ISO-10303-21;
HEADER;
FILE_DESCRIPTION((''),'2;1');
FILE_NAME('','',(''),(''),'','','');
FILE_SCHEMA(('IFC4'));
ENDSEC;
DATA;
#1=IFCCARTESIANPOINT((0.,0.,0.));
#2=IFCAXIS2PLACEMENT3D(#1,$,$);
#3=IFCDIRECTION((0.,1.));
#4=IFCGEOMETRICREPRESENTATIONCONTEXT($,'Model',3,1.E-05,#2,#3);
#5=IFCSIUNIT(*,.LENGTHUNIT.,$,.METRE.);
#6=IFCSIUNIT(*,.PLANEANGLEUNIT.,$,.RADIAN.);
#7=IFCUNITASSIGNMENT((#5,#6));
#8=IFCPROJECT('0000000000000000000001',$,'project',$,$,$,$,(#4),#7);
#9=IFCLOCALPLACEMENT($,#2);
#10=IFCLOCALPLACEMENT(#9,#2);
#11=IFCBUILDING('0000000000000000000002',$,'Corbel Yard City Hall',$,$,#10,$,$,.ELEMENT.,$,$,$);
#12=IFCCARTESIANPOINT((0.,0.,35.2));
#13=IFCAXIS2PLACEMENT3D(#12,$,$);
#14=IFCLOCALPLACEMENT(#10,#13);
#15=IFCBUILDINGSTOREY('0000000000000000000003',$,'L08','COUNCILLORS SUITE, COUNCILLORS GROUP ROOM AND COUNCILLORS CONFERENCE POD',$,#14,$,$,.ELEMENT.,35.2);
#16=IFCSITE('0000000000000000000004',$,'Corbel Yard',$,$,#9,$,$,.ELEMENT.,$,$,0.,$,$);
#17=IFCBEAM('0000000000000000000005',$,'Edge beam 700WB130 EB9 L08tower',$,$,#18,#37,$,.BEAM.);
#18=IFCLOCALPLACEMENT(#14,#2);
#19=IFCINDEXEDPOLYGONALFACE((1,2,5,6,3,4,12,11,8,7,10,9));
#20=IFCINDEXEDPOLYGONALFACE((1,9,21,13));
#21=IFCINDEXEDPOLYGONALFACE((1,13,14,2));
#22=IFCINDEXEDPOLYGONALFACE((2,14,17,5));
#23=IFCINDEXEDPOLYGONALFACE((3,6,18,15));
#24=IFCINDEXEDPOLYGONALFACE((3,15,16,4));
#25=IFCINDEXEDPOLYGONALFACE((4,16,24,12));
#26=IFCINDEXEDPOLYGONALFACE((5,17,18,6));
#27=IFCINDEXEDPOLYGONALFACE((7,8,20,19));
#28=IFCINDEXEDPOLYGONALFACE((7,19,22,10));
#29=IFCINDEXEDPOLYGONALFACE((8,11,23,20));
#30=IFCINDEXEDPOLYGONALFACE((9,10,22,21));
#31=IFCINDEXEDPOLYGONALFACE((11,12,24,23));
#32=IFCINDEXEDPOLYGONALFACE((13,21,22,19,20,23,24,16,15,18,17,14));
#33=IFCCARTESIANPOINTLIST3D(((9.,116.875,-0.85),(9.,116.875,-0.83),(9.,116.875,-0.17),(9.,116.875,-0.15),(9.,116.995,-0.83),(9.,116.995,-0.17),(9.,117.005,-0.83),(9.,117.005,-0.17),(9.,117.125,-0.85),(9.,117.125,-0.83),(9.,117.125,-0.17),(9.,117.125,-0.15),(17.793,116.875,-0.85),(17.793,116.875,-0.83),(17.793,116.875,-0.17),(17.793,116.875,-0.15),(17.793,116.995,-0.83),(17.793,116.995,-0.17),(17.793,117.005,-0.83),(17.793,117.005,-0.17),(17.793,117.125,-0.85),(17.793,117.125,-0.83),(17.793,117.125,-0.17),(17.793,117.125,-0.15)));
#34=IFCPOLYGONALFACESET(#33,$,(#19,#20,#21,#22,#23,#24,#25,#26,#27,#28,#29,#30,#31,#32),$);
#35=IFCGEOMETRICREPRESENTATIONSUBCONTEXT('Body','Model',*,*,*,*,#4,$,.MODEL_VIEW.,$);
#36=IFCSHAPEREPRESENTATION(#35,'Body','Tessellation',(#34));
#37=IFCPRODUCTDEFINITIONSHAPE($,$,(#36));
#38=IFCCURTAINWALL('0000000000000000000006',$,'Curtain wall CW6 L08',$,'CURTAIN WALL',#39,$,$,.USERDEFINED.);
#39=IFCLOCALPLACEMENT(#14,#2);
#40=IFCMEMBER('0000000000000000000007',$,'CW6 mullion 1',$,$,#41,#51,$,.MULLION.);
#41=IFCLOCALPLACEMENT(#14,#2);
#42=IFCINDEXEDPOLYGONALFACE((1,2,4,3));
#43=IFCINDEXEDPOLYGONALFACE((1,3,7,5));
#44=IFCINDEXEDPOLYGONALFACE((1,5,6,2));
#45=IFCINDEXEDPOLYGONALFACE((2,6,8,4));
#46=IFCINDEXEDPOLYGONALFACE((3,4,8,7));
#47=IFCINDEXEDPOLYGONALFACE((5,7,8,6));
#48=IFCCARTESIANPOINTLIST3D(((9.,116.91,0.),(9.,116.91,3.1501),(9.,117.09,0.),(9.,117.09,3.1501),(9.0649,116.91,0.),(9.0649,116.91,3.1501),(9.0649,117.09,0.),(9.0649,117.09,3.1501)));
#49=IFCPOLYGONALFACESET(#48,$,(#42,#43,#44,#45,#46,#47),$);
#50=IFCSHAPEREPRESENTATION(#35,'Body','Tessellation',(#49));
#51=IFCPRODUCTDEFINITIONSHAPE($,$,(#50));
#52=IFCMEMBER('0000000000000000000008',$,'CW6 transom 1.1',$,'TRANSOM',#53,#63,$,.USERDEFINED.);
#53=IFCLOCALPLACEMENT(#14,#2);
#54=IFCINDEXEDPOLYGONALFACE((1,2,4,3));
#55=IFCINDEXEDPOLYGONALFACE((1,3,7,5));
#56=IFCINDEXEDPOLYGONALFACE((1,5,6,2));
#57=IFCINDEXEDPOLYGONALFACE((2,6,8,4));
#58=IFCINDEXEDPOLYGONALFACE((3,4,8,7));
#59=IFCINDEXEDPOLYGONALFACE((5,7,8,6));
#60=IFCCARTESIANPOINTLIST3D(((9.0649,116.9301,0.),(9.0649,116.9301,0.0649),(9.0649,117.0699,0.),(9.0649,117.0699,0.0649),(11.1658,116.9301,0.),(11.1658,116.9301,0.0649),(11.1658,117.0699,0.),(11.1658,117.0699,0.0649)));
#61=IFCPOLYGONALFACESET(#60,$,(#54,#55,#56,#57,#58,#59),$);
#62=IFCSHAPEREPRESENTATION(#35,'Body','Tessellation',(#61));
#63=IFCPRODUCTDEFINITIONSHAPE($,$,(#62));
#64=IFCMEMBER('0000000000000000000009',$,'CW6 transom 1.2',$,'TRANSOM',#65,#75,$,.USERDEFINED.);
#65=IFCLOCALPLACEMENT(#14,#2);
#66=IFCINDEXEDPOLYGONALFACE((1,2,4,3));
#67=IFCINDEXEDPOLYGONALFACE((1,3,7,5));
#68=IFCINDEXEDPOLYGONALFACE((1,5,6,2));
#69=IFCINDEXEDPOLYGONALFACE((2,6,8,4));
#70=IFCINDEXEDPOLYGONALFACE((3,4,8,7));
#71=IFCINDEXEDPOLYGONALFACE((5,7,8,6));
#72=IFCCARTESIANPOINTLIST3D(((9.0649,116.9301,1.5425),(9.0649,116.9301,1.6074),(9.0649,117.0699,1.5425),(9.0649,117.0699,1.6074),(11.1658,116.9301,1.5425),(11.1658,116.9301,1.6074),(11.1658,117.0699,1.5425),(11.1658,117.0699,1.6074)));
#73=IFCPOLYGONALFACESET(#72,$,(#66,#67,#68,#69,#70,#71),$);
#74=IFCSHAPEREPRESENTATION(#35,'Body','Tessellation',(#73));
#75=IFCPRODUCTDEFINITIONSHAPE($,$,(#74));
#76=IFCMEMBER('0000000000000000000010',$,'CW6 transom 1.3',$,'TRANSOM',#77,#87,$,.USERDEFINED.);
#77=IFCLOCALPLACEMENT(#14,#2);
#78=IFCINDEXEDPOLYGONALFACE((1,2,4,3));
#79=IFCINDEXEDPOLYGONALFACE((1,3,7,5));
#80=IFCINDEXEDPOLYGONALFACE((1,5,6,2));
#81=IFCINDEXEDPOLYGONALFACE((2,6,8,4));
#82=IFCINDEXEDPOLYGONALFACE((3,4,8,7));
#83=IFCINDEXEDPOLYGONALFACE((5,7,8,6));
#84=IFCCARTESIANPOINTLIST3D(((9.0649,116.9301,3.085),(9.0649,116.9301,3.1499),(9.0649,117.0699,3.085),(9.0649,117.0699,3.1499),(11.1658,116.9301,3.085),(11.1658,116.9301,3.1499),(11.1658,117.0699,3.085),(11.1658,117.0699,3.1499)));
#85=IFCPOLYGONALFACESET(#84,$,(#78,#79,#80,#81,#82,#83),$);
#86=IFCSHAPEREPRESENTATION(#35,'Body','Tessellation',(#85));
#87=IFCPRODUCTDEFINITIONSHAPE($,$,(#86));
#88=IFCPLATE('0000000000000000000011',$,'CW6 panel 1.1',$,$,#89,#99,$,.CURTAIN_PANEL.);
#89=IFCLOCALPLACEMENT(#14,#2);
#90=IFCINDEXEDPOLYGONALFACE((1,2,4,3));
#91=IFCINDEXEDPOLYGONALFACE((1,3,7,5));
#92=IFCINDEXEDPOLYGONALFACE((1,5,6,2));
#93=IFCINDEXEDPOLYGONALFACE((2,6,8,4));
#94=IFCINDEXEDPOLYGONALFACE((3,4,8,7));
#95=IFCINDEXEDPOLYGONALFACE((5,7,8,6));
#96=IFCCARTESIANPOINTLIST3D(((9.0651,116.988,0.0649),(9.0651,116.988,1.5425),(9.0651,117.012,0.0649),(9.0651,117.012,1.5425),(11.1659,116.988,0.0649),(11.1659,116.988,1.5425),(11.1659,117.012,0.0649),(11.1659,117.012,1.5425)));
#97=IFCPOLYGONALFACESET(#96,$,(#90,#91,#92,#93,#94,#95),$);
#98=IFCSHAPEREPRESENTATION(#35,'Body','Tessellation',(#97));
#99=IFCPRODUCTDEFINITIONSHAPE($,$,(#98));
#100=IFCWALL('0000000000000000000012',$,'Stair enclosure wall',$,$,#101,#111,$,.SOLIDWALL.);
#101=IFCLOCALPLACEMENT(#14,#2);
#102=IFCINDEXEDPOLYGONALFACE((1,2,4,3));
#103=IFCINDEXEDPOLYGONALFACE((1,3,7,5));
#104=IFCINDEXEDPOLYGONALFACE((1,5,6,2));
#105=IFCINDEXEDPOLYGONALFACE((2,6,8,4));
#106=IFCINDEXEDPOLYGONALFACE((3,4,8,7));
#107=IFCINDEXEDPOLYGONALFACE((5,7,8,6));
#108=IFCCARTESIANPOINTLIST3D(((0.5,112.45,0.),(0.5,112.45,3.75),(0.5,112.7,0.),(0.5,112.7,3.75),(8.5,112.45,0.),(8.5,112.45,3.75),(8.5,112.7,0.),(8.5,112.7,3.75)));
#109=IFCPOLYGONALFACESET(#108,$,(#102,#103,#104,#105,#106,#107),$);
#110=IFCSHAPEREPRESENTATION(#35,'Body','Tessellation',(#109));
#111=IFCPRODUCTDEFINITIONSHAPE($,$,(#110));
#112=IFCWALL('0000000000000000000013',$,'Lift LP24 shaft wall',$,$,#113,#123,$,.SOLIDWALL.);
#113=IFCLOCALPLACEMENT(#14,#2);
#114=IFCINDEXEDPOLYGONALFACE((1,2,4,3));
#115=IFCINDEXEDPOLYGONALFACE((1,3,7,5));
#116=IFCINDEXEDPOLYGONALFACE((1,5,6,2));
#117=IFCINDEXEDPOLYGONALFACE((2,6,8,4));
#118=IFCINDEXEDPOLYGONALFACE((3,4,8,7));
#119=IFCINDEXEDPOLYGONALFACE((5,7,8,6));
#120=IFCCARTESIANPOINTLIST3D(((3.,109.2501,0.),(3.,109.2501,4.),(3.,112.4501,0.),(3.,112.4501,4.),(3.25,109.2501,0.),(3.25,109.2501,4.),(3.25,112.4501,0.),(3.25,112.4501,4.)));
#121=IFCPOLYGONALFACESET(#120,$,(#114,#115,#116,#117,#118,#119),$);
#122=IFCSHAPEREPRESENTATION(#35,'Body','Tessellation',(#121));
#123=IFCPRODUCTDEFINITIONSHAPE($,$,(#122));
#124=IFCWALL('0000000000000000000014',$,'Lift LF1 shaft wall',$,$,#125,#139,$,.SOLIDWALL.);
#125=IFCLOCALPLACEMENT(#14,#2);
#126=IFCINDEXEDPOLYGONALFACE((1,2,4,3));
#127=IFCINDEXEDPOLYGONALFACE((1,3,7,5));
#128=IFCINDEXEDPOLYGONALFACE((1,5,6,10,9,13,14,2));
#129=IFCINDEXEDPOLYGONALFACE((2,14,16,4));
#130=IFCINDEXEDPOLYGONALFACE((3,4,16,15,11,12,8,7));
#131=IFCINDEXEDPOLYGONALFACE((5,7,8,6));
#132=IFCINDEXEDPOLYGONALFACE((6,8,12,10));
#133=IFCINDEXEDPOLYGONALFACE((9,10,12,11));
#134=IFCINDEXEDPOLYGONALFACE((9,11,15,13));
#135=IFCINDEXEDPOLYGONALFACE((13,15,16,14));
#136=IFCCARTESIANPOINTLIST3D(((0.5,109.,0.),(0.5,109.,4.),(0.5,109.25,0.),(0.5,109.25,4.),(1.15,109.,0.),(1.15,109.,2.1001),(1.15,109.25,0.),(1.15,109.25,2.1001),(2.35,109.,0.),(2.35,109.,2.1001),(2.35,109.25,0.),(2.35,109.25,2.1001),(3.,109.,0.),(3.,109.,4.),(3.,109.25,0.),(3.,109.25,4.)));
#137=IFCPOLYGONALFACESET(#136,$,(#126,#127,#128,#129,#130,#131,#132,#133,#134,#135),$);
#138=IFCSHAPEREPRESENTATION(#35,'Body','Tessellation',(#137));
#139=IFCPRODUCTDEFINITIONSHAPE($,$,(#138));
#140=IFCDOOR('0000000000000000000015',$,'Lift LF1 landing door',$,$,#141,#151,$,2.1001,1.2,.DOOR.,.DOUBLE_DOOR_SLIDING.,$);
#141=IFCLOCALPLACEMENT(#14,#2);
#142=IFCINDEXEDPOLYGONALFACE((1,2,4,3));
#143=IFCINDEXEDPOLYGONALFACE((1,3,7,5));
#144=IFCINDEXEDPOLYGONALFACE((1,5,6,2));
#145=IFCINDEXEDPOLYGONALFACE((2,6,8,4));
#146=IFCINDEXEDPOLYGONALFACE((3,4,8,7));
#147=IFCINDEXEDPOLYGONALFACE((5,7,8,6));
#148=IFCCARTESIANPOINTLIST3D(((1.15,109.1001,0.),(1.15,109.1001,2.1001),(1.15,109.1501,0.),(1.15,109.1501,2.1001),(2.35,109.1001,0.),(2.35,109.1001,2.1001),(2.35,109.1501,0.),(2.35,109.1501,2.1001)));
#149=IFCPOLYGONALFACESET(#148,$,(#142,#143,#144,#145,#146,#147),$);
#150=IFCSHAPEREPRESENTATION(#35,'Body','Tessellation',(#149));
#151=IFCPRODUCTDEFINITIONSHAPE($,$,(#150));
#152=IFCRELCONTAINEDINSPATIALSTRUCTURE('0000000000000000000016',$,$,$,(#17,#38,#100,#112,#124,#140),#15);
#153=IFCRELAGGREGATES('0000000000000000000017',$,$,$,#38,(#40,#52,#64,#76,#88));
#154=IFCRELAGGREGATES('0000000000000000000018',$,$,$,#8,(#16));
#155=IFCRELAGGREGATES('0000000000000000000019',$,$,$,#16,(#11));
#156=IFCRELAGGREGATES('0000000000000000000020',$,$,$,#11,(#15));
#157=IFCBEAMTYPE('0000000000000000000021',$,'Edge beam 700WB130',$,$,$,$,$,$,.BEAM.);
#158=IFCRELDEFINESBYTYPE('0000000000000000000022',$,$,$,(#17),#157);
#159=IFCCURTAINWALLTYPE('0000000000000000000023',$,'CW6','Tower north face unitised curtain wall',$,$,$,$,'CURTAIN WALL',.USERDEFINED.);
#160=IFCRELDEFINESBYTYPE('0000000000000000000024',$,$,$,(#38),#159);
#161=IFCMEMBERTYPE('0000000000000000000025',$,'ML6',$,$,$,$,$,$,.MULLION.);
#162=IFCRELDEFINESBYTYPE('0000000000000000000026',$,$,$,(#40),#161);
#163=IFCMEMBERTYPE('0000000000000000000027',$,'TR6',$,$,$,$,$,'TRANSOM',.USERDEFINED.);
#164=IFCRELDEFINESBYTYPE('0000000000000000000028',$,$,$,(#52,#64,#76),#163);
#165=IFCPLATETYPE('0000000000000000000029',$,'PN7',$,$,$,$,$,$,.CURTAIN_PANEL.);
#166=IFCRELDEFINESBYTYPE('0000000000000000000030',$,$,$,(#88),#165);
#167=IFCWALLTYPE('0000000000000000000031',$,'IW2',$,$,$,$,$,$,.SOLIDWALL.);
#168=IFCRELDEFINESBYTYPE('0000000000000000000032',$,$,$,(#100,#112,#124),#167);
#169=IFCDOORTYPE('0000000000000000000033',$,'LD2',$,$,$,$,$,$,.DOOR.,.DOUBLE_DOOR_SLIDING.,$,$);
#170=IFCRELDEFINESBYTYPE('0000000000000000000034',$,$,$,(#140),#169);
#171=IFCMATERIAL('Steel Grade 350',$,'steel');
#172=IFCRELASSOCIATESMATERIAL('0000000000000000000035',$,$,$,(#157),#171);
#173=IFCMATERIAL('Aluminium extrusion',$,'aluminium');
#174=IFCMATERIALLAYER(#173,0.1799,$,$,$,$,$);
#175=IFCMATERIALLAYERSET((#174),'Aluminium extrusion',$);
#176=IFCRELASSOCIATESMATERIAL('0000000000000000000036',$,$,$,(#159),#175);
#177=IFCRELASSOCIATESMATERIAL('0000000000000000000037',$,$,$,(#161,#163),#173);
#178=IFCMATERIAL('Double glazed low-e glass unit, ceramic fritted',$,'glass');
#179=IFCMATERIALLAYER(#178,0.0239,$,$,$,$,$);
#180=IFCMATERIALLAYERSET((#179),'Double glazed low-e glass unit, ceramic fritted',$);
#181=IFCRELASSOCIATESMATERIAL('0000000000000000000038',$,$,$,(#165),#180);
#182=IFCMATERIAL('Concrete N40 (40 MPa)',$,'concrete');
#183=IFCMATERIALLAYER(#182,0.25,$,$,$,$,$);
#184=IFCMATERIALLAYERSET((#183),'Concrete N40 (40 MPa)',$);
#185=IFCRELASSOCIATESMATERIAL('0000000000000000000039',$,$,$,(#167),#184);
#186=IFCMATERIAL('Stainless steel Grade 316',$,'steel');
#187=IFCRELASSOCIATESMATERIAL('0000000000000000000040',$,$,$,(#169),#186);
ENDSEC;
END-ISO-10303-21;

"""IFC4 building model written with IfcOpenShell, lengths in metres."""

from ifc_helpers import new_model, si_unit, direction, frame, frame_2d, origin, origin_2d, place, context, subcontext, project, spatial, rectangle, i_section, extrude, material, layer, layer_set, material_profile, profile_set, type_object, element, fill, aggregate, save


model = new_model("IFC4")

# Units and contexts
model_context = context("Model", 3, precision=1e-05, world=origin(), true_north=direction((0.0, 1.0)))
body_context = subcontext(model_context, "Body", "Model", "MODEL_VIEW")
ifc_project = project(units=[si_unit("LENGTHUNIT", "METRE"), si_unit("PLANEANGLEUNIT", "RADIAN")], contexts=[model_context])

# Site, building, storey
site_placement = place(None, origin())
site = spatial("IfcSite", under=ifc_project, at=site_placement, Name="Corbel Yard", CompositionType="ELEMENT", RefElevation=0.0)
building_placement = place(site_placement, origin())
building = spatial("IfcBuilding", under=site, at=building_placement, Name="Corbel Yard City Hall", CompositionType="ELEMENT")
storey_placement = place(building_placement, frame((0.0, 0.0, 35.2)))
storey = spatial("IfcBuildingStorey", under=building, at=storey_placement, Name="L08", Description="COUNCILLORS SUITE, COUNCILLORS GROUP ROOM AND COUNCILLORS CONFERENCE POD", CompositionType="ELEMENT", Elevation=35.2)

# Beam
ifc_material_1 = material(Name="Steel Grade 350", Category="steel")
ifc_material_profile_1 = material_profile(ifc_material_1, i_section(OverallWidth=0.25, OverallDepth=0.7, WebThickness=0.01, FlangeThickness=0.02, at=origin_2d()), Name="700WB130")
ifc_profile_set_1 = profile_set([ifc_material_profile_1], Name="Steel Grade 350")
beam_type = type_object("IfcBeamType", Name="Edge beam 700WB130", PredefinedType="BEAM", material=ifc_profile_set_1)
beam_placement = place(storey_placement, frame((9.0, 117.0, -0.5), z_axis=(1.0, 0.0, 0.0), x_axis=(0.0, 1.0, 0.0)))
element("IfcBeam", 1, at=beam_placement, inside=storey, type_object=beam_type, Name="Edge beam 700WB130 EB9 L08tower", PredefinedType="BEAM", context=body_context, shape_type="SweptSolid", body=[
    extrude(i_section(OverallWidth=0.25, OverallDepth=0.7, WebThickness=0.01, FlangeThickness=0.02, at=origin_2d()), origin(), (0.0, 0.0, 1.0), 8.793),
])

# Curtain wall, members, plate
ifc_material_2 = material(Name="Aluminium extrusion", Category="aluminium")
ifc_layer_1 = layer(ifc_material_2, 0.1799)
ifc_layer_set_1 = layer_set([ifc_layer_1], Name="Aluminium extrusion")
curtain_wall_type = type_object("IfcCurtainWallType", Name="CW6", Description="Tower north face unitised curtain wall", ElementType="CURTAIN WALL", PredefinedType="USERDEFINED", material=ifc_layer_set_1)
curtain_wall_placement = place(storey_placement, origin())
curtain_wall = element("IfcCurtainWall", 2, at=curtain_wall_placement, inside=storey, type_object=curtain_wall_type, Name="Curtain wall CW6 L08", ObjectType="CURTAIN WALL", PredefinedType="USERDEFINED")
ifc_material_profile_2 = material_profile(ifc_material_2, rectangle(XDim=0.1799, YDim=0.0649, at=origin_2d()), Name="180x65")
ifc_profile_set_2 = profile_set([ifc_material_profile_2], Name="Aluminium extrusion")
member_type_1 = type_object("IfcMemberType", Name="ML6", PredefinedType="MULLION", material=ifc_profile_set_2)
member_1_placement = place(storey_placement, frame((9.0325, 117.0, 0.0), z_axis=(0.0, 0.0, 1.0), x_axis=(0.0, 1.0, 0.0)))
member_1 = element("IfcMember", 3, at=member_1_placement, type_object=member_type_1, Name="CW6 mullion 1", PredefinedType="MULLION", context=body_context, shape_type="SweptSolid", body=[
    extrude(rectangle(XDim=0.1799, YDim=0.0649, at=origin_2d()), origin(), (0.0, 0.0, 1.0), 3.1501),
])
ifc_material_profile_3 = material_profile(ifc_material_2, rectangle(XDim=0.1399, YDim=0.0649, at=origin_2d()), Name="140x65")
ifc_profile_set_3 = profile_set([ifc_material_profile_3], Name="Aluminium extrusion")
member_type_2 = type_object("IfcMemberType", Name="TR6", ElementType="TRANSOM", PredefinedType="USERDEFINED", material=ifc_profile_set_3)
member_2_placement = place(storey_placement, frame((9.0649, 117.0, 0.0325), z_axis=(1.0, 0.0, 0.0), x_axis=(0.0, 1.0, 0.0)))
member_2 = element("IfcMember", 4, at=member_2_placement, type_object=member_type_2, Name="CW6 transom 1.1", ObjectType="TRANSOM", PredefinedType="USERDEFINED", context=body_context, shape_type="SweptSolid", body=[
    extrude(rectangle(XDim=0.1399, YDim=0.0649, at=origin_2d()), origin(), (0.0, 0.0, 1.0), 2.1008),
])
member_3_placement = place(storey_placement, frame((9.0649, 117.0, 1.575), z_axis=(1.0, 0.0, 0.0), x_axis=(0.0, 1.0, 0.0)))
member_3 = element("IfcMember", 5, at=member_3_placement, type_object=member_type_2, Name="CW6 transom 1.2", ObjectType="TRANSOM", PredefinedType="USERDEFINED", context=body_context, shape_type="SweptSolid", body=[
    extrude(rectangle(XDim=0.1399, YDim=0.0649, at=origin_2d()), origin(), (0.0, 0.0, 1.0), 2.1008),
])
member_4_placement = place(storey_placement, frame((9.0649, 117.0, 3.1174), z_axis=(1.0, 0.0, 0.0), x_axis=(0.0, 1.0, 0.0)))
member_4 = element("IfcMember", 6, at=member_4_placement, type_object=member_type_2, Name="CW6 transom 1.3", ObjectType="TRANSOM", PredefinedType="USERDEFINED", context=body_context, shape_type="SweptSolid", body=[
    extrude(rectangle(XDim=0.1399, YDim=0.0649, at=origin_2d()), origin(), (0.0, 0.0, 1.0), 2.1008),
])
ifc_material_3 = material(Name="Double glazed low-e glass unit, ceramic fritted", Category="glass")
ifc_layer_2 = layer(ifc_material_3, 0.0239)
ifc_layer_set_2 = layer_set([ifc_layer_2], Name="Double glazed low-e glass unit, ceramic fritted")
plate_type = type_object("IfcPlateType", Name="PN7", PredefinedType="CURTAIN_PANEL", material=ifc_layer_set_2)
plate_placement = place(storey_placement, frame((10.1155, 117.0, 0.0649), z_axis=(0.0, 0.0, 1.0), x_axis=(1.0, 0.0, 0.0)))
plate = element("IfcPlate", 7, at=plate_placement, type_object=plate_type, Name="CW6 panel 1.1", PredefinedType="CURTAIN_PANEL", context=body_context, shape_type="SweptSolid", body=[
    extrude(rectangle(XDim=2.1008, YDim=0.0239, at=origin_2d()), origin(), (0.0, 0.0, 1.0), 1.4775),
])
aggregate(curtain_wall, [member_1, member_2, member_3, member_4, plate])

# Walls
ifc_material_4 = material(Name="Concrete N40 (40 MPa)", Category="concrete")
ifc_layer_3 = layer(ifc_material_4, 0.25)
ifc_layer_set_3 = layer_set([ifc_layer_3], Name="Concrete N40 (40 MPa)")
wall_type_1 = type_object("IfcWallType", Name="IW2", PredefinedType="SOLIDWALL", material=ifc_layer_set_3)
wall_1_placement = place(storey_placement, frame((8.5, 112.575, 0.0), z_axis=(0.0, 0.0, 1.0), x_axis=(-1.0, 0.0, 0.0)))
element("IfcWall", 8, at=wall_1_placement, inside=storey, type_object=wall_type_1, Name="Stair enclosure wall", PredefinedType="SOLIDWALL", context=body_context, shape_type="SweptSolid", body=[
    extrude(rectangle(XDim=8.0, YDim=0.25, at=frame_2d((4.0, 0.0))), origin(), (0.0, 0.0, 1.0), 3.75),
])
wall_2_placement = place(storey_placement, frame((3.125, 109.25, 0.0), z_axis=(0.0, 0.0, 1.0), x_axis=(0.0, 1.0, 0.0)))
element("IfcWall", 9, at=wall_2_placement, inside=storey, type_object=wall_type_1, Name="Lift LP24 shaft wall", PredefinedType="SOLIDWALL", context=body_context, shape_type="SweptSolid", body=[
    extrude(rectangle(XDim=3.2, YDim=0.25, at=frame_2d((1.6001, 0.0))), origin(), (0.0, 0.0, 1.0), 4.0),
])

# Wall, opening, door
wall_3_placement = place(storey_placement, frame((3.0, 109.125, 0.0), z_axis=(0.0, 0.0, 1.0), x_axis=(-1.0, 0.0, 0.0)))
wall_3 = element("IfcWall", 10, at=wall_3_placement, inside=storey, type_object=wall_type_1, Name="Lift LF1 shaft wall", PredefinedType="SOLIDWALL", context=body_context, shape_type="SweptSolid", body=[
    extrude(rectangle(XDim=2.5, YDim=0.25, at=frame_2d((1.25, 0.0))), origin(), (0.0, 0.0, 1.0), 4.0),
])
opening_1_placement = place(wall_3_placement, frame((0.6499, 0.0, 0.0)))
opening_1 = element("IfcOpeningElement", 11, at=opening_1_placement, cuts=wall_3, PredefinedType="OPENING", context=body_context, shape_type="SweptSolid", body=[
    extrude(rectangle(XDim=1.2, YDim=2.1001, at=frame_2d((0.6001, 1.05))), frame((0.0, 0.135, 0.0), z_axis=(0.0, -1.0, 0.0), x_axis=(1.0, 0.0, 0.0)), (0.0, 0.0, 1.0), 0.27),
])
ifc_material_5 = material(Name="Stainless steel Grade 316", Category="steel")
door_type_1 = type_object("IfcDoorType", Name="LD2", OperationType="DOUBLE_DOOR_SLIDING", PredefinedType="DOOR", material=ifc_material_5)
door_1_placement = place(opening_1_placement, origin())
door_1 = element("IfcDoor", 12, at=door_1_placement, inside=storey, type_object=door_type_1, Name="Lift LF1 landing door", OperationType="DOUBLE_DOOR_SLIDING", OverallHeight=2.1001, OverallWidth=1.2, PredefinedType="DOOR", context=body_context, shape_type="SweptSolid", body=[
    extrude(rectangle(XDim=1.2, YDim=2.1001, at=frame_2d((0.6001, 1.05))), frame((0.0, 0.0249, 0.0), z_axis=(0.0, -1.0, 0.0), x_axis=(1.0, 0.0, 0.0)), (0.0, 0.0, 1.0), 0.05),
])
fill(opening_1, door_1)

save(model, "model.ifc")
